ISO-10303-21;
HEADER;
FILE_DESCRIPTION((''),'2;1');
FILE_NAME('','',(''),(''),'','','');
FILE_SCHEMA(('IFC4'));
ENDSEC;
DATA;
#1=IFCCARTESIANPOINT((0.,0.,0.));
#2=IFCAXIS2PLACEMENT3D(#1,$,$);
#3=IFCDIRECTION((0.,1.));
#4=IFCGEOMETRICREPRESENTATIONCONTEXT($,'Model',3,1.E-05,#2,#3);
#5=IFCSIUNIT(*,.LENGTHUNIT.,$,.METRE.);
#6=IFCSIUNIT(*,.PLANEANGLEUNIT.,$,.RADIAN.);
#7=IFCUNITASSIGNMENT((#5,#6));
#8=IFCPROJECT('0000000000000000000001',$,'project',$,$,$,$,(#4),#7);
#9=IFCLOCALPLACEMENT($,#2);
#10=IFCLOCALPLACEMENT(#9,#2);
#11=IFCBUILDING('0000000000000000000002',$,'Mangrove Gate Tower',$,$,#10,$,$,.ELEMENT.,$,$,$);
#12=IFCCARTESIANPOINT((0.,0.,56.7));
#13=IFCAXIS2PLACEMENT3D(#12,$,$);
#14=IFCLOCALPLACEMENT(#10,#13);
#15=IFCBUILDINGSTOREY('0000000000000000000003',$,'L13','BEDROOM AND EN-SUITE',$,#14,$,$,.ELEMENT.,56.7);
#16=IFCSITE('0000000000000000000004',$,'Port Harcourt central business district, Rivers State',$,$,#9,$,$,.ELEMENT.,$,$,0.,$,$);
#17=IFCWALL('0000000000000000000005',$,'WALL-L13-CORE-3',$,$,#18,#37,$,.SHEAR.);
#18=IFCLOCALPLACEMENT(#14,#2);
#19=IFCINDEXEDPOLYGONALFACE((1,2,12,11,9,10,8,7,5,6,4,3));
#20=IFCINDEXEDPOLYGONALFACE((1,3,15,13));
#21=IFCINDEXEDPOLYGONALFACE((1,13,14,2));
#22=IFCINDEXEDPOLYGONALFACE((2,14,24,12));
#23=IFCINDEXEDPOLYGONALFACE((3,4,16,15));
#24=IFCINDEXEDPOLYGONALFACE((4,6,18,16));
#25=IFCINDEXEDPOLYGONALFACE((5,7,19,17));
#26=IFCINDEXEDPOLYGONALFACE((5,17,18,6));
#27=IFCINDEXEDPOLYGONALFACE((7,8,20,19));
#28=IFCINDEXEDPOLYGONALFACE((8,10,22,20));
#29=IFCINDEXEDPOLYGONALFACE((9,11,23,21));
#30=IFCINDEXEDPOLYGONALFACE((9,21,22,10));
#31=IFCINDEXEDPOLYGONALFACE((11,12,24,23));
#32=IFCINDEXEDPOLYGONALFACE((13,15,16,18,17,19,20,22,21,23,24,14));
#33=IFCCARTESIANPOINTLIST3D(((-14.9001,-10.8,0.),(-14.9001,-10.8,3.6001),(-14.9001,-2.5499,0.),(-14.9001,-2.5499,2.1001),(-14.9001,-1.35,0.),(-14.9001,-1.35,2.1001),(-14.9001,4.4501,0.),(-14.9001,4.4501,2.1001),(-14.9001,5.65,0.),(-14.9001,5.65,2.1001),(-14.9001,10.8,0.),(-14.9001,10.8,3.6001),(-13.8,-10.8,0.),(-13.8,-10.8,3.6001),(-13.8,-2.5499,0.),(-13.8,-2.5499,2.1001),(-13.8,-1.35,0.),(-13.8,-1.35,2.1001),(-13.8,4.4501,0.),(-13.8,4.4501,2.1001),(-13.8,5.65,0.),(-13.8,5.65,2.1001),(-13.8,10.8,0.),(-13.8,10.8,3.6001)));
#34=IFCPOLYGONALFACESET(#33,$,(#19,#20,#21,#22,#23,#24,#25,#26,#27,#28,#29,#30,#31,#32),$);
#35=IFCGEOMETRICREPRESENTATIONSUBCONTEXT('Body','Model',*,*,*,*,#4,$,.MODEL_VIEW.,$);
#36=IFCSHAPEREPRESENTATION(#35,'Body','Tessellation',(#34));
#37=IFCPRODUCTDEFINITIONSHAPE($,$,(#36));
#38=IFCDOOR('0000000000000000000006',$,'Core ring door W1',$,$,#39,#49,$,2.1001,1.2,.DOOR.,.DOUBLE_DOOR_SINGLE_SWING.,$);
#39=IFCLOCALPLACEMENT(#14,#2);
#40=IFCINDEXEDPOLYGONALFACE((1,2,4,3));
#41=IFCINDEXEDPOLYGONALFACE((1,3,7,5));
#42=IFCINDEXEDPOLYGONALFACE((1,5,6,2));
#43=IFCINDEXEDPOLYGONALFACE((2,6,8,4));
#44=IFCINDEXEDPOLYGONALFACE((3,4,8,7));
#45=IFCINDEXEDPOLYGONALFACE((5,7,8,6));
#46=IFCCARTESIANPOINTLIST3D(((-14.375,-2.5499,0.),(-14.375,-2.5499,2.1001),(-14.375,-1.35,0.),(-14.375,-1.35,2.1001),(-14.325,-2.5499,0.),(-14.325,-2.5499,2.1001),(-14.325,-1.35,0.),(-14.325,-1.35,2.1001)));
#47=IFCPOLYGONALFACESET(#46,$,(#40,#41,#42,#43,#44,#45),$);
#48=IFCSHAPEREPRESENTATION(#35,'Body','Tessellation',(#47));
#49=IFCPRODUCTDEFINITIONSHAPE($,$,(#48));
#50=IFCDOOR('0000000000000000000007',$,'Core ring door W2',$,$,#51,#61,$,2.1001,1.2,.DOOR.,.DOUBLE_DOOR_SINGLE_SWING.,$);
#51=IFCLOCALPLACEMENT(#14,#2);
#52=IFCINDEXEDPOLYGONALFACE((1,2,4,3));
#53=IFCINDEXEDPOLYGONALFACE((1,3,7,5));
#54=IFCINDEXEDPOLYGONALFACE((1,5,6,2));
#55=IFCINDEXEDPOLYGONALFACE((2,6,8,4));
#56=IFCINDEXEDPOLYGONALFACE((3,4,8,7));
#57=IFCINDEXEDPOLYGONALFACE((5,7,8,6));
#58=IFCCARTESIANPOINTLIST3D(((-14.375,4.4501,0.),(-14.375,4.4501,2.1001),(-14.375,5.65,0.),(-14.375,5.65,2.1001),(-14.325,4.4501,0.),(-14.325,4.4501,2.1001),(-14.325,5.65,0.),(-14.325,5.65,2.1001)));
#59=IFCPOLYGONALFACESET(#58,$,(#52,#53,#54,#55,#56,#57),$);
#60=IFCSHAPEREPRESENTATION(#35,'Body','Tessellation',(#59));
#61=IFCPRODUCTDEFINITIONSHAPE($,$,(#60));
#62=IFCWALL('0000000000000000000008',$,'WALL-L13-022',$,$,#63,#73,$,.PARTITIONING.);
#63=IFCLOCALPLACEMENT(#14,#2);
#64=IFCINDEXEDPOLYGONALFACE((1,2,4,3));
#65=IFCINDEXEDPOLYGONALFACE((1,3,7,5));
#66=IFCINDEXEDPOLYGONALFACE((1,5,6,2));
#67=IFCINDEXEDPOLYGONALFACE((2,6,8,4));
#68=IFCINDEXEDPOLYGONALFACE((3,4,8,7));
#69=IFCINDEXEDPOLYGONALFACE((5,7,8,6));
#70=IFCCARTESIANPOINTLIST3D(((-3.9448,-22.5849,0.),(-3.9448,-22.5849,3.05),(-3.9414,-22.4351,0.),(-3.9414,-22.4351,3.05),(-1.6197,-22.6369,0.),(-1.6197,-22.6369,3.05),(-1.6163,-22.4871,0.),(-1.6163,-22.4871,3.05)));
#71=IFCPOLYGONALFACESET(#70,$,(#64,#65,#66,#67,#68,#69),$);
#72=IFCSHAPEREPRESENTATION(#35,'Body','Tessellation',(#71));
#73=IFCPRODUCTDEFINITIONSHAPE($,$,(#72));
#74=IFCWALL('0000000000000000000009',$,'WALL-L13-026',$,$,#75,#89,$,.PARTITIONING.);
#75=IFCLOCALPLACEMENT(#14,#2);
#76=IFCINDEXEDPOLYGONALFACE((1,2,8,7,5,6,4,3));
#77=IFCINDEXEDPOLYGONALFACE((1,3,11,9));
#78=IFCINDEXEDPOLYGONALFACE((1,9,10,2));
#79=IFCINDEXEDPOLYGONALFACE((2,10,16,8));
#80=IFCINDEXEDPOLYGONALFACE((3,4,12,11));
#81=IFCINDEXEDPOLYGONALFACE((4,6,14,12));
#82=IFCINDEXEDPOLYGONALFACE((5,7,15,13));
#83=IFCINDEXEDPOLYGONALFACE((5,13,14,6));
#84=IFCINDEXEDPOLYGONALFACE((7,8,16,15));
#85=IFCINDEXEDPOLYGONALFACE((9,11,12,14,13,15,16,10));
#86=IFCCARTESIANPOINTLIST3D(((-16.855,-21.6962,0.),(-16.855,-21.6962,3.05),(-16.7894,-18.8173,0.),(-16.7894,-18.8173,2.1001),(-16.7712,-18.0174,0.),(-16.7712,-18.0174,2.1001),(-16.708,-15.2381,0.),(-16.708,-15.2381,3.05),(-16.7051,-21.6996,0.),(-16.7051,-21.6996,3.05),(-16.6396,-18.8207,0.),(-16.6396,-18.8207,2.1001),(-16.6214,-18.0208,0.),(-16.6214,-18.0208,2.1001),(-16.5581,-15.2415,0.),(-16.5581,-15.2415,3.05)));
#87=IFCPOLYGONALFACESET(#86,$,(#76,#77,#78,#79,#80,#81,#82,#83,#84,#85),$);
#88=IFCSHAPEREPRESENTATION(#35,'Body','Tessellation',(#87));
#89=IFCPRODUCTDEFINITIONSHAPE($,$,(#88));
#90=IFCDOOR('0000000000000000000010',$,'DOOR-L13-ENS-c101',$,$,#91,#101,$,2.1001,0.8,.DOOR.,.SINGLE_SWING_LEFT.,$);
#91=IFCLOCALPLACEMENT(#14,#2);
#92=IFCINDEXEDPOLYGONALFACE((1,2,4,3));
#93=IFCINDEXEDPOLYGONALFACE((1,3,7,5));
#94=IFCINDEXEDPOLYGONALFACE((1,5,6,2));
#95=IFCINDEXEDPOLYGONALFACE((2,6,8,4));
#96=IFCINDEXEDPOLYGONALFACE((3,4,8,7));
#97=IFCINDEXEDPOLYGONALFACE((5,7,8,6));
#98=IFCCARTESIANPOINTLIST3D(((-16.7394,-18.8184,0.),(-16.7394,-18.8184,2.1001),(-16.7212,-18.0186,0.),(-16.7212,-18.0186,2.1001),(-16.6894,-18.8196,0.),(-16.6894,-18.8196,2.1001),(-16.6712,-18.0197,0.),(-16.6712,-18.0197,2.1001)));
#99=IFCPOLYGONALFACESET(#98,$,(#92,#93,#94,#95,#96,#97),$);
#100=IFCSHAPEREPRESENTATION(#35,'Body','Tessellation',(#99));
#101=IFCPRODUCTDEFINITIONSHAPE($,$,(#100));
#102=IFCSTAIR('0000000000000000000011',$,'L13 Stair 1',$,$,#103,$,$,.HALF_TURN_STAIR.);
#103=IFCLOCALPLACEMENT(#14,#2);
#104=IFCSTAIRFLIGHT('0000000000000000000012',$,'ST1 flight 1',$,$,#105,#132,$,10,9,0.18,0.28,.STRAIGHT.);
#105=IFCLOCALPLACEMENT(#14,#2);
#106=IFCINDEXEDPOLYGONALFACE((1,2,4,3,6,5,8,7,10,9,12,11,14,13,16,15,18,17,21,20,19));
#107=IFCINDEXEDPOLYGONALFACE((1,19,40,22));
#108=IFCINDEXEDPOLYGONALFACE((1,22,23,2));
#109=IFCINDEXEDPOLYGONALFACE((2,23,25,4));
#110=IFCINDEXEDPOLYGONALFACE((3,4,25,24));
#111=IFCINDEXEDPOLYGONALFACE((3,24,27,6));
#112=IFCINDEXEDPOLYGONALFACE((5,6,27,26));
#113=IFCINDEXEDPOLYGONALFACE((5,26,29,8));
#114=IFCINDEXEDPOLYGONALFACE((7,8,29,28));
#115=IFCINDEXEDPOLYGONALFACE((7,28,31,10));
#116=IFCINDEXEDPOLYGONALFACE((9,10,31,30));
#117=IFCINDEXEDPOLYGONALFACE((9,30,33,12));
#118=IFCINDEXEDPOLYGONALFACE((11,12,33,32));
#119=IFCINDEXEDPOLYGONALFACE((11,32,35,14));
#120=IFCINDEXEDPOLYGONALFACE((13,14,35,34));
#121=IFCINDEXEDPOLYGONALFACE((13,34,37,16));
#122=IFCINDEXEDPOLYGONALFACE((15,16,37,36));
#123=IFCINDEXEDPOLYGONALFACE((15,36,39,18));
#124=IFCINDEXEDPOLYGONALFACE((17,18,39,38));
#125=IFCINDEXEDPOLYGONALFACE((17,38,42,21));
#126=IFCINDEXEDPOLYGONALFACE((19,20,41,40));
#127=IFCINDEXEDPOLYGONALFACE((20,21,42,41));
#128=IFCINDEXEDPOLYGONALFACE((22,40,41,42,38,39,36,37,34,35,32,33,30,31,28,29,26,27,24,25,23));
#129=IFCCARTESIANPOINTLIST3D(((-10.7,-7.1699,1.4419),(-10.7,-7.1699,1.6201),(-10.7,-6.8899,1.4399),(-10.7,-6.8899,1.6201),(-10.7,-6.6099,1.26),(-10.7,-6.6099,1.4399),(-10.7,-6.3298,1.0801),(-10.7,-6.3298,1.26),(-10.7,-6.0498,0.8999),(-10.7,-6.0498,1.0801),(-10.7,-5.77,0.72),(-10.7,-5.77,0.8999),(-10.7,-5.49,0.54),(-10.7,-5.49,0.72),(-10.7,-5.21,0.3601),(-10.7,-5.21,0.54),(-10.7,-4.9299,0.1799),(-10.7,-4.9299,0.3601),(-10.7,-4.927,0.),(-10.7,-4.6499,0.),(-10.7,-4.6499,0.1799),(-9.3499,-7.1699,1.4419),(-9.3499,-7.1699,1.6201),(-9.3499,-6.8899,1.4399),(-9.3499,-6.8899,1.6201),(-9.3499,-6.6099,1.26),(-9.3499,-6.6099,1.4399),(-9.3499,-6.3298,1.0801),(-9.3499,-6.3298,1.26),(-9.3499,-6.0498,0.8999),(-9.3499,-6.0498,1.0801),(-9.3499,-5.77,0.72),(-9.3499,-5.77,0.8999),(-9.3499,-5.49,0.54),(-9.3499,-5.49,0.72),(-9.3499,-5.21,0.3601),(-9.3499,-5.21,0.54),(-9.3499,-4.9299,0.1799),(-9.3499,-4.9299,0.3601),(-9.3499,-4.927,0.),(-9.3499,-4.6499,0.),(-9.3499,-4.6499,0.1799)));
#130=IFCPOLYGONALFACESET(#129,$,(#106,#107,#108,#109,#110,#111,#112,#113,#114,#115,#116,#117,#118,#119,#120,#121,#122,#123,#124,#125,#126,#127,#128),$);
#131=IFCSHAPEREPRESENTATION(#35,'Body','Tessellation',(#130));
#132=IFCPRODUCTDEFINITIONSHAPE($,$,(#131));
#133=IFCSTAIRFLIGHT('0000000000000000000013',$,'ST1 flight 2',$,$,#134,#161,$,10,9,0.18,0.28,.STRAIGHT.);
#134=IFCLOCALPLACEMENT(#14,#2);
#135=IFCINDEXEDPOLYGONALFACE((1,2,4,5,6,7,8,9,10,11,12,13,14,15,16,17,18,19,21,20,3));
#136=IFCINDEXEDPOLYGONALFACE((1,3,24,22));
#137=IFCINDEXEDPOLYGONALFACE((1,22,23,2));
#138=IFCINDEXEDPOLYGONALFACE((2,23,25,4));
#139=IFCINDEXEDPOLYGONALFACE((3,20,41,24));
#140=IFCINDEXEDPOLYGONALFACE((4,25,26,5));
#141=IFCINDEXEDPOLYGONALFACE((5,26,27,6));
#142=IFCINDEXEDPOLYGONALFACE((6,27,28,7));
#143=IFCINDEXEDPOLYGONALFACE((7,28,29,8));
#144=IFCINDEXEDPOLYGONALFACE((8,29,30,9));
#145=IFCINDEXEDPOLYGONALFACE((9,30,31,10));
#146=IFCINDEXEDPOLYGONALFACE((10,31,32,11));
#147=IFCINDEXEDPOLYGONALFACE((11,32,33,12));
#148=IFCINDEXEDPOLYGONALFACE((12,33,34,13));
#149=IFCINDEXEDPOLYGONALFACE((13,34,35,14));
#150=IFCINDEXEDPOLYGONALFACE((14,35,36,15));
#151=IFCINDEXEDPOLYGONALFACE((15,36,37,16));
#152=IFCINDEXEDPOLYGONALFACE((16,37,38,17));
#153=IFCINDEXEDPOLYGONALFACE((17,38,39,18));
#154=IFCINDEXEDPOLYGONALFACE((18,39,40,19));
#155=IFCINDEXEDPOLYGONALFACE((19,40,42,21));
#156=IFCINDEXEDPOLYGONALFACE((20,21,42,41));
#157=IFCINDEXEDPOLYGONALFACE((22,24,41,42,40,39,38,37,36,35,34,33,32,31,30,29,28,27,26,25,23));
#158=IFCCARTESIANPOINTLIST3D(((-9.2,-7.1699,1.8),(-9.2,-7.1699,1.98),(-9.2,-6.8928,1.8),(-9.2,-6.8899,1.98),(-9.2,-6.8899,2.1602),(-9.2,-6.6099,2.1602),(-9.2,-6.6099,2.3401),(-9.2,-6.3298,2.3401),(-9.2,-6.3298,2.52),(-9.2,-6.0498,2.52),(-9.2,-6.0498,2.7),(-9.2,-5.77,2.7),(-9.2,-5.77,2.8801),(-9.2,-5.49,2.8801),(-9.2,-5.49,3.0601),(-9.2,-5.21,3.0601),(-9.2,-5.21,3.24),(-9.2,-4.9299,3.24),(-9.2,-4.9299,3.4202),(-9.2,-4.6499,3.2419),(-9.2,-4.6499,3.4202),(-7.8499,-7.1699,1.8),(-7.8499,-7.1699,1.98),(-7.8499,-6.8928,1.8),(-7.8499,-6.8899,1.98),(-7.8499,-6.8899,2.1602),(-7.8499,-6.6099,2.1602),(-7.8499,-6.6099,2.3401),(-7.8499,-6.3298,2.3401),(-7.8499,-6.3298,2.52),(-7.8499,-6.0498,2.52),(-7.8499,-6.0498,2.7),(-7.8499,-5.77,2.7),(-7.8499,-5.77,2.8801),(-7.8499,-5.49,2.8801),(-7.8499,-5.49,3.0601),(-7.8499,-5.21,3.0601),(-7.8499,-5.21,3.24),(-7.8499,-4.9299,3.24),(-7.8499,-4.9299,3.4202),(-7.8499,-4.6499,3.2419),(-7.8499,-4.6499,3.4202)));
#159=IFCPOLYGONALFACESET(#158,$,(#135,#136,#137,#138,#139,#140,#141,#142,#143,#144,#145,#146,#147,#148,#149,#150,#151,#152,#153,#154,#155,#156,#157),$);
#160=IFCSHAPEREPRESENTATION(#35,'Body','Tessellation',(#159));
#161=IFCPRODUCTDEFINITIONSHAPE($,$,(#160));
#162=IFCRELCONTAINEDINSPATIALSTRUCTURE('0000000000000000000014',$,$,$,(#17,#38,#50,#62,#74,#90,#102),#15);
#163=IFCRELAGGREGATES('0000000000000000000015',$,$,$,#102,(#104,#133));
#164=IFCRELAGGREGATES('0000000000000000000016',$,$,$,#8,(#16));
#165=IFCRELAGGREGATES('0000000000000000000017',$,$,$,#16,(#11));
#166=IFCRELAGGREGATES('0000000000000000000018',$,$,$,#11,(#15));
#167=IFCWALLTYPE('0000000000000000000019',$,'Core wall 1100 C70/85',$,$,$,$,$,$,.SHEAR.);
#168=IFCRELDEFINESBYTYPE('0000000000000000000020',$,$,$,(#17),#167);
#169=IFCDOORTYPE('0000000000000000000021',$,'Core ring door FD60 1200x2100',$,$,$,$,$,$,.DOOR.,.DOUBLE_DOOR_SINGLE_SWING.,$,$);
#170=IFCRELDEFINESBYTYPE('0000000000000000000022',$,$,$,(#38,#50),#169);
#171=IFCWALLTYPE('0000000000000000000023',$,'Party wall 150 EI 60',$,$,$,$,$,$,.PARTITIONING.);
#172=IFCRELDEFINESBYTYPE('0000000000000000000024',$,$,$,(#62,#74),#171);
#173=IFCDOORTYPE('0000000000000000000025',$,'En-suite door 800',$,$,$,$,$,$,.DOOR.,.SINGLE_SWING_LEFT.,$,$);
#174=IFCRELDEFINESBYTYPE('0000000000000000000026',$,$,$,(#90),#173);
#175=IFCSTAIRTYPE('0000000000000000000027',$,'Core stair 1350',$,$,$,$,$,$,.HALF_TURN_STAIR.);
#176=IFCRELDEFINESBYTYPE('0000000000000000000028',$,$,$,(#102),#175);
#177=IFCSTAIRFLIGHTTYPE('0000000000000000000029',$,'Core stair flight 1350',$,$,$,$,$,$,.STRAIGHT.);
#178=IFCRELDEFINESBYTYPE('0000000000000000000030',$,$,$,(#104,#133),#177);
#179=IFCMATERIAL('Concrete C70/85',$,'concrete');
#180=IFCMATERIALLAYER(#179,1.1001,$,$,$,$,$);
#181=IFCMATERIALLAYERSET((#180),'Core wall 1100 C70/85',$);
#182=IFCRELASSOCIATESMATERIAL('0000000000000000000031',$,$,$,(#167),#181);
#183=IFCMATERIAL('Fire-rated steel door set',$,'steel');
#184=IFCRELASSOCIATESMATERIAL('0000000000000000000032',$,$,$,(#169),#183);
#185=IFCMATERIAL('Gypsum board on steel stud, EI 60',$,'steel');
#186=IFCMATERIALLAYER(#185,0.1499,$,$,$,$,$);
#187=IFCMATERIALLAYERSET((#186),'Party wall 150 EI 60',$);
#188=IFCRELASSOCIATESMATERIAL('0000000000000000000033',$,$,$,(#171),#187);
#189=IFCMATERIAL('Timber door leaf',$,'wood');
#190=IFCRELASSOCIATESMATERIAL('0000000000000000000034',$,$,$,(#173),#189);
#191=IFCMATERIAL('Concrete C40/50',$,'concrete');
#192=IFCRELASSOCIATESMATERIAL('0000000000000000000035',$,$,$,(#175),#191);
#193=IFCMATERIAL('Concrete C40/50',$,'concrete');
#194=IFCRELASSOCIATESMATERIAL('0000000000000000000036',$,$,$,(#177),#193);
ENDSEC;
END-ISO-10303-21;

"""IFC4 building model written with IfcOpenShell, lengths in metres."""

from ifc_helpers import new_model, si_unit, direction, frame, frame_2d, origin, place, context, subcontext, project, spatial, polyline, rectangle, outline, extrude, material, layer, layer_set, type_object, element, fill, aggregate, save


model = new_model("IFC4")

# Units and contexts
model_context = context("Model", 3, precision=1e-05, world=origin(), true_north=direction((0.0, 1.0)))
body_context = subcontext(model_context, "Body", "Model", "MODEL_VIEW")
ifc_project = project(units=[si_unit("LENGTHUNIT", "METRE"), si_unit("PLANEANGLEUNIT", "RADIAN")], contexts=[model_context])

# Site, building, storey
site_placement = place(None, origin())
site = spatial("IfcSite", under=ifc_project, at=site_placement, Name="Port Harcourt central business district, Rivers State", CompositionType="ELEMENT", RefElevation=0.0)
building_placement = place(site_placement, origin())
building = spatial("IfcBuilding", under=site, at=building_placement, Name="Mangrove Gate Tower", CompositionType="ELEMENT")
storey_placement = place(building_placement, frame((0.0, 0.0, 56.7)))
storey = spatial("IfcBuildingStorey", under=building, at=storey_placement, Name="L13", Description="BEDROOM AND EN-SUITE", CompositionType="ELEMENT", Elevation=56.7)

# Shared definitions
ifc_material_1 = material(Name="Concrete C70/85", Category="concrete")
ifc_layer_1 = layer(ifc_material_1, 1.1001)
ifc_layer_set_1 = layer_set([ifc_layer_1], Name="Core wall 1100 C70/85")
wall_type_1 = type_object("IfcWallType", Name="Core wall 1100 C70/85", PredefinedType="SHEAR", material=ifc_layer_set_1)

# Wall, openings, doors
wall_1_placement = place(storey_placement, frame((-14.3501, -10.8, 0.0), z_axis=(0.0, 0.0, 1.0), x_axis=(0.0, 1.0, 0.0)))
wall_1 = element("IfcWall", 1, at=wall_1_placement, inside=storey, type_object=wall_type_1, Name="WALL-L13-CORE-3", PredefinedType="SHEAR", context=body_context, shape_type="SweptSolid", body=[
    extrude(rectangle(XDim=21.6001, YDim=1.1001, at=frame_2d((10.8, 0.0))), origin(), (0.0, 0.0, 1.0), 3.6001),
])
opening_1_placement = place(wall_1_placement, frame((8.25, 0.0, 0.0)))
opening_1 = element("IfcOpeningElement", 2, at=opening_1_placement, cuts=wall_1, PredefinedType="OPENING", context=body_context, shape_type="SweptSolid", body=[
    extrude(rectangle(XDim=1.2, YDim=2.1001, at=frame_2d((0.6001, 1.05))), frame((0.0, 0.5601, 0.0), z_axis=(0.0, -1.0, 0.0), x_axis=(1.0, 0.0, 0.0)), (0.0, 0.0, 1.0), 1.1201),
])
opening_2_placement = place(wall_1_placement, frame((15.25, 0.0, 0.0)))
opening_2 = element("IfcOpeningElement", 3, at=opening_2_placement, cuts=wall_1, PredefinedType="OPENING", context=body_context, shape_type="SweptSolid", body=[
    extrude(rectangle(XDim=1.2, YDim=2.1001, at=frame_2d((0.6001, 1.05))), frame((0.0, 0.5601, 0.0), z_axis=(0.0, -1.0, 0.0), x_axis=(1.0, 0.0, 0.0)), (0.0, 0.0, 1.0), 1.1201),
])
ifc_material_2 = material(Name="Fire-rated steel door set", Category="steel")
door_type_1 = type_object("IfcDoorType", Name="Core ring door FD60 1200x2100", OperationType="DOUBLE_DOOR_SINGLE_SWING", PredefinedType="DOOR", material=ifc_material_2)
door_1_placement = place(opening_1_placement, origin())
door_1 = element("IfcDoor", 4, at=door_1_placement, inside=storey, type_object=door_type_1, Name="Core ring door W1", OperationType="DOUBLE_DOOR_SINGLE_SWING", OverallHeight=2.1001, OverallWidth=1.2, PredefinedType="DOOR", context=body_context, shape_type="SweptSolid", body=[
    extrude(rectangle(XDim=1.2, YDim=2.1001, at=frame_2d((0.6001, 1.05))), frame((0.0, 0.0249, 0.0), z_axis=(0.0, -1.0, 0.0), x_axis=(1.0, 0.0, 0.0)), (0.0, 0.0, 1.0), 0.05),
])
fill(opening_1, door_1)
door_2_placement = place(opening_2_placement, origin())
door_2 = element("IfcDoor", 5, at=door_2_placement, inside=storey, type_object=door_type_1, Name="Core ring door W2", OperationType="DOUBLE_DOOR_SINGLE_SWING", OverallHeight=2.1001, OverallWidth=1.2, PredefinedType="DOOR", context=body_context, shape_type="SweptSolid", body=[
    extrude(rectangle(XDim=1.2, YDim=2.1001, at=frame_2d((0.6001, 1.05))), frame((0.0, 0.0249, 0.0), z_axis=(0.0, -1.0, 0.0), x_axis=(1.0, 0.0, 0.0)), (0.0, 0.0, 1.0), 0.05),
])
fill(opening_2, door_2)

# Wall
ifc_material_3 = material(Name="Gypsum board on steel stud, EI 60", Category="steel")
ifc_layer_2 = layer(ifc_material_3, 0.1499)
ifc_layer_set_2 = layer_set([ifc_layer_2], Name="Party wall 150 EI 60")
wall_type_2 = type_object("IfcWallType", Name="Party wall 150 EI 60", PredefinedType="PARTITIONING", material=ifc_layer_set_2)
wall_2_placement = place(storey_placement, frame((-3.9431, -22.51, 0.0), z_axis=(0.0, 0.0, 1.0), x_axis=(0.99975, -0.022359, 0.0)))
element("IfcWall", 6, at=wall_2_placement, inside=storey, type_object=wall_type_2, Name="WALL-L13-022", PredefinedType="PARTITIONING", context=body_context, shape_type="SweptSolid", body=[
    extrude(rectangle(XDim=2.3257, YDim=0.1499, at=frame_2d((1.1628, 0.0))), origin(), (0.0, 0.0, 1.0), 3.05),
])

# Wall, opening, door
wall_3_placement = place(storey_placement, frame((-16.78, -21.698, 0.0), z_axis=(0.0, 0.0, 1.0), x_axis=(0.022752, 0.999741, 0.0)))
wall_3 = element("IfcWall", 7, at=wall_3_placement, inside=storey, type_object=wall_type_2, Name="WALL-L13-026", PredefinedType="PARTITIONING", context=body_context, shape_type="SweptSolid", body=[
    extrude(rectangle(XDim=6.4597, YDim=0.1499, at=frame_2d((3.23, 0.0))), origin(), (0.0, 0.0, 1.0), 3.05),
])
opening_3_placement = place(wall_3_placement, frame((2.8799, 0.0, 0.0)))
opening_3 = element("IfcOpeningElement", 8, at=opening_3_placement, cuts=wall_3, PredefinedType="OPENING", context=body_context, shape_type="SweptSolid", body=[
    extrude(rectangle(XDim=0.8, YDim=2.1001, at=frame_2d((0.3999, 1.05))), frame((0.0, 0.085, 0.0), z_axis=(0.0, -1.0, 0.0), x_axis=(1.0, 0.0, 0.0)), (0.0, 0.0, 1.0), 0.1699),
])
ifc_material_4 = material(Name="Timber door leaf", Category="wood")
door_type_2 = type_object("IfcDoorType", Name="En-suite door 800", OperationType="SINGLE_SWING_LEFT", PredefinedType="DOOR", material=ifc_material_4)
door_3_placement = place(opening_3_placement, origin())
door_3 = element("IfcDoor", 9, at=door_3_placement, inside=storey, type_object=door_type_2, Name="DOOR-L13-ENS-c101", OperationType="SINGLE_SWING_LEFT", OverallHeight=2.1001, OverallWidth=0.8, PredefinedType="DOOR", context=body_context, shape_type="SweptSolid", body=[
    extrude(rectangle(XDim=0.8, YDim=2.1001, at=frame_2d((0.3999, 1.05))), frame((0.0, 0.0249, 0.0), z_axis=(0.0, -1.0, 0.0), x_axis=(1.0, 0.0, 0.0)), (0.0, 0.0, 1.0), 0.05),
])
fill(opening_3, door_3)

# Stair, stair flights
ifc_material_5 = material(Name="Concrete C40/50", Category="concrete")
stair_type = type_object("IfcStairType", Name="Core stair 1350", PredefinedType="HALF_TURN_STAIR", material=ifc_material_5)
stair_placement = place(storey_placement, origin())
stair = element("IfcStair", 10, at=stair_placement, inside=storey, type_object=stair_type, Name="L13 Stair 1", PredefinedType="HALF_TURN_STAIR")
ifc_material_6 = material(Name="Concrete C40/50", Category="concrete")
stair_flight_type = type_object("IfcStairFlightType", Name="Core stair flight 1350", PredefinedType="STRAIGHT", material=ifc_material_6)
stair_flight_1_placement = place(storey_placement, frame((-10.0249, -4.6499, 0.0), z_axis=(0.0, 0.0, 1.0), x_axis=(0.0, -1.0, 0.0)))
stair_flight_1 = element("IfcStairFlight", 11, at=stair_flight_1_placement, type_object=stair_flight_type, Name="ST1 flight 1", NumberOfRisers=10, NumberOfTreads=9, PredefinedType="STRAIGHT", RiserHeight=0.18, TreadLength=0.28, context=body_context, shape_type="SweptSolid", body=[
    extrude(outline(polyline([(0.0, 0.0), (0.0, 0.1799), (0.28, 0.1799), (0.28, 0.3601), (0.5601, 0.3601), (0.5601, 0.54), (0.8401, 0.54), (0.8401, 0.72), (1.1201, 0.72), (1.1201, 0.8999), (1.3999, 0.8999), (1.3999, 1.0801), (1.6799, 1.0801), (1.6799, 1.26), (1.96, 1.26), (1.96, 1.4399), (2.24, 1.4399), (2.24, 1.6201), (2.52, 1.6201), (2.52, 1.8), (2.52, 1.4419), (0.2771, 0.0), (0.0, 0.0)])), frame((0.0, 0.675, 0.0), z_axis=(0.0, -1.0, 0.0), x_axis=(1.0, 0.0, 0.0)), (0.0, 0.0, 1.0), 1.3501),
])
stair_flight_2_placement = place(storey_placement, frame((-8.5249, -7.1699, 1.8), z_axis=(0.0, 0.0, 1.0), x_axis=(0.0, 1.0, 0.0)))
stair_flight_2 = element("IfcStairFlight", 12, at=stair_flight_2_placement, type_object=stair_flight_type, Name="ST1 flight 2", NumberOfRisers=10, NumberOfTreads=9, PredefinedType="STRAIGHT", RiserHeight=0.18, TreadLength=0.28, context=body_context, shape_type="SweptSolid", body=[
    extrude(outline(polyline([(0.0, 0.0), (0.0, 0.1799), (0.28, 0.1799), (0.28, 0.3601), (0.5601, 0.3601), (0.5601, 0.54), (0.8401, 0.54), (0.8401, 0.72), (1.1201, 0.72), (1.1201, 0.8999), (1.3999, 0.8999), (1.3999, 1.0801), (1.6799, 1.0801), (1.6799, 1.26), (1.96, 1.26), (1.96, 1.4399), (2.24, 1.4399), (2.24, 1.6201), (2.52, 1.6201), (2.52, 1.8), (2.52, 1.4419), (0.2771, 0.0), (0.0, 0.0)])), frame((0.0, 0.675, 0.0), z_axis=(0.0, -1.0, 0.0), x_axis=(1.0, 0.0, 0.0)), (0.0, 0.0, 1.0), 1.3501),
])
aggregate(stair, [stair_flight_1, stair_flight_2])

save(model, "model.ifc")
